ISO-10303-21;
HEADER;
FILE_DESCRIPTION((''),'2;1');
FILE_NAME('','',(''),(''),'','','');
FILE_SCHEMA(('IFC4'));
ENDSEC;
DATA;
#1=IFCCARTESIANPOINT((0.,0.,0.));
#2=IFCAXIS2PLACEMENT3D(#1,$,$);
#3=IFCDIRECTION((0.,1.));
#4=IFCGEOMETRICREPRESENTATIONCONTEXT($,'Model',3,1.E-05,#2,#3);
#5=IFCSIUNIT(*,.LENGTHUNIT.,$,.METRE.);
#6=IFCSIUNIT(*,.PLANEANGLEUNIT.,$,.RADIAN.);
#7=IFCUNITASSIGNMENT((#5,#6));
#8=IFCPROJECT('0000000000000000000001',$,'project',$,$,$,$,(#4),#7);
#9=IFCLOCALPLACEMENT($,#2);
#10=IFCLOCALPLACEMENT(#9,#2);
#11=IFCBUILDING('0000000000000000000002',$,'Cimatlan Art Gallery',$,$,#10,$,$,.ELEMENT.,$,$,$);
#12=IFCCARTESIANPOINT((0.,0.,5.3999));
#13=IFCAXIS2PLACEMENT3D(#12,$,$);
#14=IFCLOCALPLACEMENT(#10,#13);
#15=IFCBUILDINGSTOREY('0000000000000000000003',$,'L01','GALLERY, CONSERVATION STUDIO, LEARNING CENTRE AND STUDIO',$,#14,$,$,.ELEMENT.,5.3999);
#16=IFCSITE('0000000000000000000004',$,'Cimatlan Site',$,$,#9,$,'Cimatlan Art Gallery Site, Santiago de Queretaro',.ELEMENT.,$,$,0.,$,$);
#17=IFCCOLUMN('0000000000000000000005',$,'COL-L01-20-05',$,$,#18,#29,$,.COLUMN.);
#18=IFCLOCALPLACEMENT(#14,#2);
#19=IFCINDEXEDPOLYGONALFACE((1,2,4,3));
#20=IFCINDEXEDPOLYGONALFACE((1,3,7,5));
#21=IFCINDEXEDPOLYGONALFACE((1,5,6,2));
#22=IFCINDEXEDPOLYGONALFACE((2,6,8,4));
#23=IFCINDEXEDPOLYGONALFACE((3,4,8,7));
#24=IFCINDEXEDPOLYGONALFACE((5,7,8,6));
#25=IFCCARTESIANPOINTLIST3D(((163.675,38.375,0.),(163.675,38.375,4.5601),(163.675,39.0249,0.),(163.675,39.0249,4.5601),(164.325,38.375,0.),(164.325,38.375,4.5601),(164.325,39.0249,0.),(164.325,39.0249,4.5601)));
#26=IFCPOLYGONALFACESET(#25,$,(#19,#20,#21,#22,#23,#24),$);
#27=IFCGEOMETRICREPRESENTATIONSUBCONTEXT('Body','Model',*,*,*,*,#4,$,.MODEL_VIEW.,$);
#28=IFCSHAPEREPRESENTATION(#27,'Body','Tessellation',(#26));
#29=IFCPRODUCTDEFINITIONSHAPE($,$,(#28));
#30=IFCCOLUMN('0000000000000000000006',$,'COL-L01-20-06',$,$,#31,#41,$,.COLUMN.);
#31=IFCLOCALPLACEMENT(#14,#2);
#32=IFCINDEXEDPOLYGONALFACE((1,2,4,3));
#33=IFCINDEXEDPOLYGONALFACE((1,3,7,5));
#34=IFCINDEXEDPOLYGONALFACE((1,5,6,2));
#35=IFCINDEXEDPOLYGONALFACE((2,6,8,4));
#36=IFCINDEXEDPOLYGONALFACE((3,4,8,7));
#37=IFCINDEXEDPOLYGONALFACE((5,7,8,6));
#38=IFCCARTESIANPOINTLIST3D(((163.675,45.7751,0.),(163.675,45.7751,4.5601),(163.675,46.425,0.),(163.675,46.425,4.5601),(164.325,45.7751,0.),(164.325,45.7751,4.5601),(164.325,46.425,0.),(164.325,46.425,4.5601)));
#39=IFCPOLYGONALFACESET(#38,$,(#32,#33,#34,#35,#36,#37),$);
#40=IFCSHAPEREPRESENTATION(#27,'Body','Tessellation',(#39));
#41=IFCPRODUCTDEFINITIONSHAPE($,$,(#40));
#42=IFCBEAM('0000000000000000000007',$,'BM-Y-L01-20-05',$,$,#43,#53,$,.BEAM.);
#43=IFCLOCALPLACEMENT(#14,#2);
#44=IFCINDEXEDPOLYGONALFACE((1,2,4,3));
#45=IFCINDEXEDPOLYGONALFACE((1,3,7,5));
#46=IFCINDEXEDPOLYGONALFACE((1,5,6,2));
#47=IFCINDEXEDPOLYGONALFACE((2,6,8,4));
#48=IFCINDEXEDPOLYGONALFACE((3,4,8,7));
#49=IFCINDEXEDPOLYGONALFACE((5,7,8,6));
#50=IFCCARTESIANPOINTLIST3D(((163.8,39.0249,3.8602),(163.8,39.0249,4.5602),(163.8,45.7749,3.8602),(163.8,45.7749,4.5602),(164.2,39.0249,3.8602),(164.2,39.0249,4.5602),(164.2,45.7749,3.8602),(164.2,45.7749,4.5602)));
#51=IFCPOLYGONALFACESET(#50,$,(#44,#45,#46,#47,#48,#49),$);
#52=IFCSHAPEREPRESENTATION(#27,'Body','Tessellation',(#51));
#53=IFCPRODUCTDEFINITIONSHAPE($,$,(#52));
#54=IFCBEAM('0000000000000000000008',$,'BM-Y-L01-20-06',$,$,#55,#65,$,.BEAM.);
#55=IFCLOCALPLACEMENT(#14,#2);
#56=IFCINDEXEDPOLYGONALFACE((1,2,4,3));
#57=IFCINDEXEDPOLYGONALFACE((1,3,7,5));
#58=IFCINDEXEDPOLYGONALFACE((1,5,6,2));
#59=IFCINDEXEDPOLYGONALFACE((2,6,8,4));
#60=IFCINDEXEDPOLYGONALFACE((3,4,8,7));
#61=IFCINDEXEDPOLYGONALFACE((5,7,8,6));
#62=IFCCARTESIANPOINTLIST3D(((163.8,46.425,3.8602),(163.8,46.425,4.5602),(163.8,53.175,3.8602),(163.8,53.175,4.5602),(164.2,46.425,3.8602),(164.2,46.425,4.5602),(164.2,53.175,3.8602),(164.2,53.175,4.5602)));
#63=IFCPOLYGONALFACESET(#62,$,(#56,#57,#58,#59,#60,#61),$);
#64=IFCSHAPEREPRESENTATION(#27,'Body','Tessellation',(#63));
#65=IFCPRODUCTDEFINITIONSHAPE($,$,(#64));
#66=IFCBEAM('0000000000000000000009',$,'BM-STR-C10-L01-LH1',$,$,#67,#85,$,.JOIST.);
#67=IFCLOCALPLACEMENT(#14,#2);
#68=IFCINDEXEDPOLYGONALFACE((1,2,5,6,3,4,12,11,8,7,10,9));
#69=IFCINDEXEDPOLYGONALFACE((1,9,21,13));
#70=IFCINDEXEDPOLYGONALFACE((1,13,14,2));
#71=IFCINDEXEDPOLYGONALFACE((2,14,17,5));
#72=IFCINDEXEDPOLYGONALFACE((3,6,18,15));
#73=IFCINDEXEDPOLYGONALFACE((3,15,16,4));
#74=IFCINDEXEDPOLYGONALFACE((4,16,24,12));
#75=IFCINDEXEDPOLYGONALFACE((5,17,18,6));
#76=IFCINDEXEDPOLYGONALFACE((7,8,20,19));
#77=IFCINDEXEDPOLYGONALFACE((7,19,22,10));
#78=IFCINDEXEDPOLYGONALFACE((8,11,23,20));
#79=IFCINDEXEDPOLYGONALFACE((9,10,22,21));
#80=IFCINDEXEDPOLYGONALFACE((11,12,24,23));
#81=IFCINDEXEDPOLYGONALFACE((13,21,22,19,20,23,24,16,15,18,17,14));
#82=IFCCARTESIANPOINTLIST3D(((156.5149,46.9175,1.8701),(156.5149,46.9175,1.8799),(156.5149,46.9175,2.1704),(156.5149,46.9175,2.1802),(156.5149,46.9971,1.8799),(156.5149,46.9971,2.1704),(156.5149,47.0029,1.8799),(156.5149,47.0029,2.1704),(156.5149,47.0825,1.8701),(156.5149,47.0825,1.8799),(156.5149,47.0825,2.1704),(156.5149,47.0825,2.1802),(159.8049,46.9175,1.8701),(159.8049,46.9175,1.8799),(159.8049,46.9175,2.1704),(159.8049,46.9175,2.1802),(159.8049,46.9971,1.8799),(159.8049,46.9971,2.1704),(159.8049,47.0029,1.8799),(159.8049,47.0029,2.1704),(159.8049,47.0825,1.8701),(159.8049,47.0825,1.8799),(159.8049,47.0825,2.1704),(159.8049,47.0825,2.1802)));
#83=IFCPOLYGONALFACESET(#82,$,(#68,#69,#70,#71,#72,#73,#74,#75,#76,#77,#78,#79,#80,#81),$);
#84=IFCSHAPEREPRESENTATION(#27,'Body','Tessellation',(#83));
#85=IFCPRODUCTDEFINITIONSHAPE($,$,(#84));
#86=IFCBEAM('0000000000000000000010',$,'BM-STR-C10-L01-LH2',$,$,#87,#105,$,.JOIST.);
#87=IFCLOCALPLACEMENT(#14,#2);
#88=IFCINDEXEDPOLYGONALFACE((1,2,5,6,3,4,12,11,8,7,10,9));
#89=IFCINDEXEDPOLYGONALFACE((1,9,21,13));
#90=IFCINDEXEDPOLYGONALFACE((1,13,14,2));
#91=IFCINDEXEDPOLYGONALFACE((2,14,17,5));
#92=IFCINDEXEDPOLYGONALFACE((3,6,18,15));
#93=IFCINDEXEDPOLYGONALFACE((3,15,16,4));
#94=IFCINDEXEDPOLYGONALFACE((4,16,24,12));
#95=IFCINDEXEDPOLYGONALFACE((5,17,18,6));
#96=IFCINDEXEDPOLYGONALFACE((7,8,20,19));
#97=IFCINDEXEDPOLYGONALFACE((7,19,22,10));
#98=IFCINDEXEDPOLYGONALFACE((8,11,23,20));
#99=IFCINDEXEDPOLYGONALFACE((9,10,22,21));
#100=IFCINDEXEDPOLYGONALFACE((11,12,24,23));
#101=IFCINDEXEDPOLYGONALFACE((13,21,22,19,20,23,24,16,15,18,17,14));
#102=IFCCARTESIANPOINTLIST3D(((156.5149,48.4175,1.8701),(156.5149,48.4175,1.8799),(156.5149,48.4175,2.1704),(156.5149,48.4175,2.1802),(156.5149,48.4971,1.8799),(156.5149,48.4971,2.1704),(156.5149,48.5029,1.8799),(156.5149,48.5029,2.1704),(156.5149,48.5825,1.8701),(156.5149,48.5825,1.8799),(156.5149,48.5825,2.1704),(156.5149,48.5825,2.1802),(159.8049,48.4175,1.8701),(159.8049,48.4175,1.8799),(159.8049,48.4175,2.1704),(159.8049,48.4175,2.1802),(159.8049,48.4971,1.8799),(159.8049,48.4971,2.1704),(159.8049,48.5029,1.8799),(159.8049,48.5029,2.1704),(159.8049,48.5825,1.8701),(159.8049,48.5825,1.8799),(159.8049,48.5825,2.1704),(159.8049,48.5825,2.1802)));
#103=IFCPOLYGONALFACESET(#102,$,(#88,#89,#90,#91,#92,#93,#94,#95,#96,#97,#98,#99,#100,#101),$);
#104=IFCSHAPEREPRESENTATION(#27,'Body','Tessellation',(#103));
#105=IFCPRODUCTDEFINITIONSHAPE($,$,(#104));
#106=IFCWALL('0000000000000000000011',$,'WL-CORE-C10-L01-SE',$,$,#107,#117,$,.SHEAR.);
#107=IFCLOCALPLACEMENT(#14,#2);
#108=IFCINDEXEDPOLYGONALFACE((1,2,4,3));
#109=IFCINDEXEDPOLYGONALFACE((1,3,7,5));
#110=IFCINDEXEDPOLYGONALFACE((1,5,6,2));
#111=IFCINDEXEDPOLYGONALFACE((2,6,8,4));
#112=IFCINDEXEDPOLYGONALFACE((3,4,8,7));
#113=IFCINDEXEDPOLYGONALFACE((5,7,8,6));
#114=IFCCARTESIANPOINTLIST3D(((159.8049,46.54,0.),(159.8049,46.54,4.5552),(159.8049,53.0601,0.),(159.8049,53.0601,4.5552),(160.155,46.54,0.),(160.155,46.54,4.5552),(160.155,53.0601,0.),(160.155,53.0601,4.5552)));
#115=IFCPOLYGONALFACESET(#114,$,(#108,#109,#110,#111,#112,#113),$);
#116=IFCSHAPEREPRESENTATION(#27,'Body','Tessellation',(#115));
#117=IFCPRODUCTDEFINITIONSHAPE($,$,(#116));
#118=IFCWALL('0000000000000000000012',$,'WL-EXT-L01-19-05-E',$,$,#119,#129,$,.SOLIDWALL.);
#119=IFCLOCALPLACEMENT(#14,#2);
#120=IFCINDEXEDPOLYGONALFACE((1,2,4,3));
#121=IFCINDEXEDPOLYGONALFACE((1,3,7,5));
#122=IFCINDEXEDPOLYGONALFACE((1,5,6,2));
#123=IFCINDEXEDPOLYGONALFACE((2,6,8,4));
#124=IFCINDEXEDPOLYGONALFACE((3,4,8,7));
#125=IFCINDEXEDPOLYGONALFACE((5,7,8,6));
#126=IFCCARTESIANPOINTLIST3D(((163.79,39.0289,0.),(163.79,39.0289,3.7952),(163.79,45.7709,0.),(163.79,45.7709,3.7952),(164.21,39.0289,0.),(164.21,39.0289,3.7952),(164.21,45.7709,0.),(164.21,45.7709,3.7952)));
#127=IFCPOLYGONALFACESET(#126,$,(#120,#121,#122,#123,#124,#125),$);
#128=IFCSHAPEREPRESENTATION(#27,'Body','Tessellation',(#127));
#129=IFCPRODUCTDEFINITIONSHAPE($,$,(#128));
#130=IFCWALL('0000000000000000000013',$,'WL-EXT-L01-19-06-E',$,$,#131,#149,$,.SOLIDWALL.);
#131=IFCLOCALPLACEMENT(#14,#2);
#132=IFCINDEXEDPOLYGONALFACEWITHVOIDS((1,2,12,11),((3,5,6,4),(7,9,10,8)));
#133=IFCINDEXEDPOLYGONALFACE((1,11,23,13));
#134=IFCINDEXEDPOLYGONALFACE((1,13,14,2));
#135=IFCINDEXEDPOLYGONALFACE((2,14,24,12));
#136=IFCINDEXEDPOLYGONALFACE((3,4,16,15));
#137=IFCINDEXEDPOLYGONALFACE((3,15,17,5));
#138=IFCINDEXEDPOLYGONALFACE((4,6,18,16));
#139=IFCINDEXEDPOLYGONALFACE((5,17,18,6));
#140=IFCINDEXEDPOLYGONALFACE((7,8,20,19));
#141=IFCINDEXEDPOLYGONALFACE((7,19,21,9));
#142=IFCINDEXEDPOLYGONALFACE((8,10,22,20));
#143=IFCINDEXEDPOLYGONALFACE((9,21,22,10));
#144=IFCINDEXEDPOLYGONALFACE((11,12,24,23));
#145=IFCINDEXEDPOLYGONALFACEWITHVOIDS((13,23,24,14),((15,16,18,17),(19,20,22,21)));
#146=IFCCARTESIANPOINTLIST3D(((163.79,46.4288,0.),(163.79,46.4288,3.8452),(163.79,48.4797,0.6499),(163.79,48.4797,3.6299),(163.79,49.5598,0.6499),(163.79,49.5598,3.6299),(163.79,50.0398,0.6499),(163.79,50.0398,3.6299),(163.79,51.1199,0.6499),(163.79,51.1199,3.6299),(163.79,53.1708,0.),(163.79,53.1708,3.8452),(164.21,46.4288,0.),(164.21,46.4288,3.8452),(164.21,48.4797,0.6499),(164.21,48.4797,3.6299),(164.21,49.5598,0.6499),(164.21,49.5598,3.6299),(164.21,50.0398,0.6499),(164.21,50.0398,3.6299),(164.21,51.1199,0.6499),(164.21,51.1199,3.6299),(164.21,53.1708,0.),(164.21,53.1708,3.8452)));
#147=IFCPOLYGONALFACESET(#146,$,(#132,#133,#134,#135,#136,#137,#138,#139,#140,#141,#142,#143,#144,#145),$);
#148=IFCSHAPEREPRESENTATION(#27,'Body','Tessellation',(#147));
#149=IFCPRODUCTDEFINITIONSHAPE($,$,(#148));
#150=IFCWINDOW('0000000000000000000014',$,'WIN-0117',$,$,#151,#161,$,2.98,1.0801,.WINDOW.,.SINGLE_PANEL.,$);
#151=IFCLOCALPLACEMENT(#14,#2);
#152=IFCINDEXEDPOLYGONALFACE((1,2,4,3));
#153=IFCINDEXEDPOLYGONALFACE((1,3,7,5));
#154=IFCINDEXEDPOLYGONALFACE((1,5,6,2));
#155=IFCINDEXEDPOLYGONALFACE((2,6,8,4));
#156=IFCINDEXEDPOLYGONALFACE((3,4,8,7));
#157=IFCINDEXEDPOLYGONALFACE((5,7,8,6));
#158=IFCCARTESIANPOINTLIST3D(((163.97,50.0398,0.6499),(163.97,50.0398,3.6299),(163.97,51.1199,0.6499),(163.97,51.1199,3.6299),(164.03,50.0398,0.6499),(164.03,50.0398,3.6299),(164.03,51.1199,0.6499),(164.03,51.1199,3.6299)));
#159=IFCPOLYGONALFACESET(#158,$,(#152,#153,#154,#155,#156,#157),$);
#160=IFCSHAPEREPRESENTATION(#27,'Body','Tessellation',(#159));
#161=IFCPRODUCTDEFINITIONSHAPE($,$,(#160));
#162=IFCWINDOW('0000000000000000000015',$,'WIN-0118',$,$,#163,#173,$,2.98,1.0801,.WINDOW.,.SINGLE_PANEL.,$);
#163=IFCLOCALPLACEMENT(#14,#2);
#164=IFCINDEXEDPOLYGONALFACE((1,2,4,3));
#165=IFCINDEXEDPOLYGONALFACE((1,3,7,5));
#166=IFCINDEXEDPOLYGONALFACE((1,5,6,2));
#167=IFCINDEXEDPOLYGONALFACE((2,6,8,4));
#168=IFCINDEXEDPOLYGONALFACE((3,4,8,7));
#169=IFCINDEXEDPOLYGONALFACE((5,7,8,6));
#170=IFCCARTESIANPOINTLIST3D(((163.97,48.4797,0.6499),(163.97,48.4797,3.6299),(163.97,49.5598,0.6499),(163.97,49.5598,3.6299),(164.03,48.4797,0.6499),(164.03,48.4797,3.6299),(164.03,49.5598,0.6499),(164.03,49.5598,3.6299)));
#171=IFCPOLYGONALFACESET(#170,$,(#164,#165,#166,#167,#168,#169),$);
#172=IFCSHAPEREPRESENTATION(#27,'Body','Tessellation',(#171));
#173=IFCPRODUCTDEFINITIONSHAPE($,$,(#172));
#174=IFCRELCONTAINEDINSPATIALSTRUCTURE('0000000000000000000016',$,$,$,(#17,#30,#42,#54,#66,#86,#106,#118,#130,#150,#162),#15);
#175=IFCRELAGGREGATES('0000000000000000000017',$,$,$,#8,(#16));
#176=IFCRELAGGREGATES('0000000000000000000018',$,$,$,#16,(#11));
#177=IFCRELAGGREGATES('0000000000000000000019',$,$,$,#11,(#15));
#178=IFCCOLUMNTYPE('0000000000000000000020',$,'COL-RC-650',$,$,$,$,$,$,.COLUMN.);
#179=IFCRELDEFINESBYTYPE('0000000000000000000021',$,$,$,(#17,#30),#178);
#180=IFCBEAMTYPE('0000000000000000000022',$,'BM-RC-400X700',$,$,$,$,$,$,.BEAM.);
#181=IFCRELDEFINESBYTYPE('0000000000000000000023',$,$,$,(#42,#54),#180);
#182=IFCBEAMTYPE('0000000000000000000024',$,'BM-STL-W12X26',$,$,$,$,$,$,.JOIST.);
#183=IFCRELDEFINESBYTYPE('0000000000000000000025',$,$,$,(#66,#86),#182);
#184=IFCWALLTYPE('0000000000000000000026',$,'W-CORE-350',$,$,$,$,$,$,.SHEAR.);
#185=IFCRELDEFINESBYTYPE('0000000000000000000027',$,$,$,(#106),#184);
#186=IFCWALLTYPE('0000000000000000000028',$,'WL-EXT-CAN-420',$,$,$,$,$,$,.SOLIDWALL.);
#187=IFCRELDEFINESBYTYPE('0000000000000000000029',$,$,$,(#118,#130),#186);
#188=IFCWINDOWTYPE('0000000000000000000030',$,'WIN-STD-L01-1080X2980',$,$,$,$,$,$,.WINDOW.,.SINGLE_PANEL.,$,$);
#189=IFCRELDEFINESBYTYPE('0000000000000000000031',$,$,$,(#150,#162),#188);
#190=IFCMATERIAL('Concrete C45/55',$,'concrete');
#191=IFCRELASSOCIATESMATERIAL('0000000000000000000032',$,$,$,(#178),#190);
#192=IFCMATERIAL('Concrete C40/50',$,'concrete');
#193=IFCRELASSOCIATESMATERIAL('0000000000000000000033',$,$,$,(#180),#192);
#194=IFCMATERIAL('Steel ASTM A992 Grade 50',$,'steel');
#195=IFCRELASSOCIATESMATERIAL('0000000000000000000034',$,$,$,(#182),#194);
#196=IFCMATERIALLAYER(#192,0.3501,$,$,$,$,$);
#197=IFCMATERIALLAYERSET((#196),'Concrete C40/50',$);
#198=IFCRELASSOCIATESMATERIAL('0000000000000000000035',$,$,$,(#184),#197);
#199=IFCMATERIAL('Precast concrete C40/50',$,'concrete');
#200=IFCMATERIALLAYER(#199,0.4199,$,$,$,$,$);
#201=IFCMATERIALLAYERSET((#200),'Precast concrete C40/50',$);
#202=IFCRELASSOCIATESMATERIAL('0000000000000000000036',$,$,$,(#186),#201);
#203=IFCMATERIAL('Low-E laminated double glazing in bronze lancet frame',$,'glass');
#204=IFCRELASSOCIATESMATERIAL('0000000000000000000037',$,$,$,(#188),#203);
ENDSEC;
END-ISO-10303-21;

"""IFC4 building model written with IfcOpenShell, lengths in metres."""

from ifc_helpers import new_model, si_unit, direction, frame, frame_2d, origin, origin_2d, place, context, subcontext, project, spatial, rectangle, i_section, extrude, material, layer, layer_set, material_profile, profile_set, type_object, element, fill, save


model = new_model("IFC4")

# Units and contexts
model_context = context("Model", 3, precision=1e-05, world=origin(), true_north=direction((0.0, 1.0)))
body_context = subcontext(model_context, "Body", "Model", "MODEL_VIEW")
ifc_project = project(units=[si_unit("LENGTHUNIT", "METRE"), si_unit("PLANEANGLEUNIT", "RADIAN")], contexts=[model_context])

# Site, building, storey
site_placement = place(None, origin())
site = spatial("IfcSite", under=ifc_project, at=site_placement, Name="Cimatlan Site", LongName="Cimatlan Art Gallery Site, Santiago de Queretaro", CompositionType="ELEMENT", RefElevation=0.0)
building_placement = place(site_placement, origin())
building = spatial("IfcBuilding", under=site, at=building_placement, Name="Cimatlan Art Gallery", CompositionType="ELEMENT")
storey_placement = place(building_placement, frame((0.0, 0.0, 5.3999)))
storey = spatial("IfcBuildingStorey", under=building, at=storey_placement, Name="L01", Description="GALLERY, CONSERVATION STUDIO, LEARNING CENTRE AND STUDIO", CompositionType="ELEMENT", Elevation=5.3999)

# Columns
ifc_material_1 = material(Name="Concrete C45/55", Category="concrete")
ifc_material_profile_1 = material_profile(ifc_material_1, rectangle(XDim=0.6499, YDim=0.6499, at=origin_2d()), Name="RC650X650")
ifc_profile_set_1 = profile_set([ifc_material_profile_1], Name="Concrete C45/55")
column_type = type_object("IfcColumnType", Name="COL-RC-650", PredefinedType="COLUMN", material=ifc_profile_set_1)
for number, where, z_axis, x_axis, name in (
    (1, (164.0, 38.7, 0.0), (0.0, 0.0, 1.0), (1.0, 0.0, 0.0), "COL-L01-20-05"),
    (2, (164.0, 46.1001, 0.0), (0.0, 0.0, 1.0), (1.0, 0.0, 0.0), "COL-L01-20-06"),
):
    element("IfcColumn", number, at=place(storey_placement, frame(where, z_axis=z_axis, x_axis=x_axis)), inside=storey, type_object=column_type, Name=name, PredefinedType="COLUMN", context=body_context, shape_type="SweptSolid", body=[
        extrude(rectangle(XDim=0.6499, YDim=0.6499, at=origin_2d()), origin(), (0.0, 0.0, 1.0), 4.5601),
    ])

# Beams
ifc_material_2 = material(Name="Concrete C40/50", Category="concrete")
ifc_material_profile_2 = material_profile(ifc_material_2, rectangle(XDim=0.3999, YDim=0.7, at=origin_2d()), Name="RC400X700")
ifc_profile_set_2 = profile_set([ifc_material_profile_2], Name="Concrete C40/50")
beam_type_1 = type_object("IfcBeamType", Name="BM-RC-400X700", PredefinedType="BEAM", material=ifc_profile_set_2)
for number, where, z_axis, x_axis, name in (
    (3, (164.0, 39.0249, 4.2102), (0.0, 1.0, 0.0), (-1.0, 0.0, 0.0), "BM-Y-L01-20-05"),
    (4, (164.0, 46.425, 4.2102), (0.0, 1.0, 0.0), (-1.0, 0.0, 0.0), "BM-Y-L01-20-06"),
):
    element("IfcBeam", number, at=place(storey_placement, frame(where, z_axis=z_axis, x_axis=x_axis)), inside=storey, type_object=beam_type_1, Name=name, PredefinedType="BEAM", context=body_context, shape_type="SweptSolid", body=[
        extrude(rectangle(XDim=0.3999, YDim=0.7, at=origin_2d()), origin(), (0.0, 0.0, 1.0), 6.75),
    ])
ifc_material_3 = material(Name="Steel ASTM A992 Grade 50", Category="steel")
ifc_material_profile_3 = material_profile(ifc_material_3, i_section(OverallWidth=0.165, OverallDepth=0.3101, WebThickness=0.0059, FlangeThickness=0.0098, at=origin_2d()), Name="W12X26")
ifc_profile_set_3 = profile_set([ifc_material_profile_3], Name="Steel ASTM A992 Grade 50")
beam_type_2 = type_object("IfcBeamType", Name="BM-STL-W12X26", PredefinedType="JOIST", material=ifc_profile_set_3)
for number, where, z_axis, x_axis, name in (
    (5, (156.5149, 47.0, 2.0251), (1.0, 0.0, 0.0), (0.0, 1.0, 0.0), "BM-STR-C10-L01-LH1"),
    (6, (156.5149, 48.5, 2.0251), (1.0, 0.0, 0.0), (0.0, 1.0, 0.0), "BM-STR-C10-L01-LH2"),
):
    element("IfcBeam", number, at=place(storey_placement, frame(where, z_axis=z_axis, x_axis=x_axis)), inside=storey, type_object=beam_type_2, Name=name, PredefinedType="JOIST", context=body_context, shape_type="SweptSolid", body=[
        extrude(i_section(OverallWidth=0.165, OverallDepth=0.3101, WebThickness=0.0059, FlangeThickness=0.0098, at=origin_2d()), origin(), (0.0, 0.0, 1.0), 3.29),
    ])

# Walls
ifc_layer_1 = layer(ifc_material_2, 0.3501)
ifc_layer_set_1 = layer_set([ifc_layer_1], Name="Concrete C40/50")
wall_type_1 = type_object("IfcWallType", Name="W-CORE-350", PredefinedType="SHEAR", material=ifc_layer_set_1)
wall_1_placement = place(storey_placement, frame((159.98, 46.54, 0.0), z_axis=(0.0, 0.0, 1.0), x_axis=(0.0, 1.0, 0.0)))
element("IfcWall", 7, at=wall_1_placement, inside=storey, type_object=wall_type_1, Name="WL-CORE-C10-L01-SE", PredefinedType="SHEAR", context=body_context, shape_type="SweptSolid", body=[
    extrude(rectangle(XDim=6.52, YDim=0.3501, at=frame_2d((3.26, 0.0))), origin(), (0.0, 0.0, 1.0), 4.5552),
])
ifc_material_4 = material(Name="Precast concrete C40/50", Category="concrete")
ifc_layer_2 = layer(ifc_material_4, 0.4199)
ifc_layer_set_2 = layer_set([ifc_layer_2], Name="Precast concrete C40/50")
wall_type_2 = type_object("IfcWallType", Name="WL-EXT-CAN-420", PredefinedType="SOLIDWALL", material=ifc_layer_set_2)
wall_2_placement = place(storey_placement, frame((164.0, 45.771, 0.0), z_axis=(0.0, 0.0, 1.0), x_axis=(0.0, -1.0, 0.0)))
element("IfcWall", 8, at=wall_2_placement, inside=storey, type_object=wall_type_2, Name="WL-EXT-L01-19-05-E", PredefinedType="SOLIDWALL", context=body_context, shape_type="SweptSolid", body=[
    extrude(rectangle(XDim=6.7419, YDim=0.4199, at=frame_2d((3.3711, 0.0))), origin(), (0.0, 0.0, 1.0), 3.7952),
])

# Wall, openings, windows
wall_3_placement = place(storey_placement, frame((164.0, 53.1709, 0.0), z_axis=(0.0, 0.0, 1.0), x_axis=(0.0, -1.0, 0.0)))
wall_3 = element("IfcWall", 9, at=wall_3_placement, inside=storey, type_object=wall_type_2, Name="WL-EXT-L01-19-06-E", PredefinedType="SOLIDWALL", context=body_context, shape_type="SweptSolid", body=[
    extrude(rectangle(XDim=6.7419, YDim=0.4199, at=frame_2d((3.3711, 0.0))), origin(), (0.0, 0.0, 1.0), 3.8452),
])
opening_1_placement = place(wall_3_placement, frame((2.051, 0.0, 0.6499)))
opening_1 = element("IfcOpeningElement", 10, at=opening_1_placement, cuts=wall_3, PredefinedType="OPENING", context=body_context, shape_type="SweptSolid", body=[
    extrude(rectangle(XDim=1.0801, YDim=2.98, at=frame_2d((0.54, 1.49))), frame((0.0, 0.22, 0.0), z_axis=(0.0, -1.0, 0.0), x_axis=(1.0, 0.0, 0.0)), (0.0, 0.0, 1.0), 0.4399),
])
opening_2_placement = place(wall_3_placement, frame((3.6111, 0.0, 0.6499)))
opening_2 = element("IfcOpeningElement", 11, at=opening_2_placement, cuts=wall_3, PredefinedType="OPENING", context=body_context, shape_type="SweptSolid", body=[
    extrude(rectangle(XDim=1.0801, YDim=2.98, at=frame_2d((0.54, 1.49))), frame((0.0, 0.22, 0.0), z_axis=(0.0, -1.0, 0.0), x_axis=(1.0, 0.0, 0.0)), (0.0, 0.0, 1.0), 0.4399),
])
ifc_material_5 = material(Name="Low-E laminated double glazing in bronze lancet frame", Category="glass")
window_type = type_object("IfcWindowType", Name="WIN-STD-L01-1080X2980", PartitioningType="SINGLE_PANEL", PredefinedType="WINDOW", material=ifc_material_5)
window_1_placement = place(opening_1_placement, origin())
window_1 = element("IfcWindow", 12, at=window_1_placement, inside=storey, type_object=window_type, Name="WIN-0117", OverallHeight=2.98, OverallWidth=1.0801, PartitioningType="SINGLE_PANEL", PredefinedType="WINDOW", context=body_context, shape_type="SweptSolid", body=[
    extrude(rectangle(XDim=1.0801, YDim=2.98, at=frame_2d((0.54, 1.49))), frame((0.0, 0.03, 0.0), z_axis=(0.0, -1.0, 0.0), x_axis=(1.0, 0.0, 0.0)), (0.0, 0.0, 1.0), 0.0601),
])
fill(opening_1, window_1)
window_2_placement = place(opening_2_placement, origin())
window_2 = element("IfcWindow", 13, at=window_2_placement, inside=storey, type_object=window_type, Name="WIN-0118", OverallHeight=2.98, OverallWidth=1.0801, PartitioningType="SINGLE_PANEL", PredefinedType="WINDOW", context=body_context, shape_type="SweptSolid", body=[
    extrude(rectangle(XDim=1.0801, YDim=2.98, at=frame_2d((0.54, 1.49))), frame((0.0, 0.03, 0.0), z_axis=(0.0, -1.0, 0.0), x_axis=(1.0, 0.0, 0.0)), (0.0, 0.0, 1.0), 0.0601),
])
fill(opening_2, window_2)

save(model, "model.ifc")
